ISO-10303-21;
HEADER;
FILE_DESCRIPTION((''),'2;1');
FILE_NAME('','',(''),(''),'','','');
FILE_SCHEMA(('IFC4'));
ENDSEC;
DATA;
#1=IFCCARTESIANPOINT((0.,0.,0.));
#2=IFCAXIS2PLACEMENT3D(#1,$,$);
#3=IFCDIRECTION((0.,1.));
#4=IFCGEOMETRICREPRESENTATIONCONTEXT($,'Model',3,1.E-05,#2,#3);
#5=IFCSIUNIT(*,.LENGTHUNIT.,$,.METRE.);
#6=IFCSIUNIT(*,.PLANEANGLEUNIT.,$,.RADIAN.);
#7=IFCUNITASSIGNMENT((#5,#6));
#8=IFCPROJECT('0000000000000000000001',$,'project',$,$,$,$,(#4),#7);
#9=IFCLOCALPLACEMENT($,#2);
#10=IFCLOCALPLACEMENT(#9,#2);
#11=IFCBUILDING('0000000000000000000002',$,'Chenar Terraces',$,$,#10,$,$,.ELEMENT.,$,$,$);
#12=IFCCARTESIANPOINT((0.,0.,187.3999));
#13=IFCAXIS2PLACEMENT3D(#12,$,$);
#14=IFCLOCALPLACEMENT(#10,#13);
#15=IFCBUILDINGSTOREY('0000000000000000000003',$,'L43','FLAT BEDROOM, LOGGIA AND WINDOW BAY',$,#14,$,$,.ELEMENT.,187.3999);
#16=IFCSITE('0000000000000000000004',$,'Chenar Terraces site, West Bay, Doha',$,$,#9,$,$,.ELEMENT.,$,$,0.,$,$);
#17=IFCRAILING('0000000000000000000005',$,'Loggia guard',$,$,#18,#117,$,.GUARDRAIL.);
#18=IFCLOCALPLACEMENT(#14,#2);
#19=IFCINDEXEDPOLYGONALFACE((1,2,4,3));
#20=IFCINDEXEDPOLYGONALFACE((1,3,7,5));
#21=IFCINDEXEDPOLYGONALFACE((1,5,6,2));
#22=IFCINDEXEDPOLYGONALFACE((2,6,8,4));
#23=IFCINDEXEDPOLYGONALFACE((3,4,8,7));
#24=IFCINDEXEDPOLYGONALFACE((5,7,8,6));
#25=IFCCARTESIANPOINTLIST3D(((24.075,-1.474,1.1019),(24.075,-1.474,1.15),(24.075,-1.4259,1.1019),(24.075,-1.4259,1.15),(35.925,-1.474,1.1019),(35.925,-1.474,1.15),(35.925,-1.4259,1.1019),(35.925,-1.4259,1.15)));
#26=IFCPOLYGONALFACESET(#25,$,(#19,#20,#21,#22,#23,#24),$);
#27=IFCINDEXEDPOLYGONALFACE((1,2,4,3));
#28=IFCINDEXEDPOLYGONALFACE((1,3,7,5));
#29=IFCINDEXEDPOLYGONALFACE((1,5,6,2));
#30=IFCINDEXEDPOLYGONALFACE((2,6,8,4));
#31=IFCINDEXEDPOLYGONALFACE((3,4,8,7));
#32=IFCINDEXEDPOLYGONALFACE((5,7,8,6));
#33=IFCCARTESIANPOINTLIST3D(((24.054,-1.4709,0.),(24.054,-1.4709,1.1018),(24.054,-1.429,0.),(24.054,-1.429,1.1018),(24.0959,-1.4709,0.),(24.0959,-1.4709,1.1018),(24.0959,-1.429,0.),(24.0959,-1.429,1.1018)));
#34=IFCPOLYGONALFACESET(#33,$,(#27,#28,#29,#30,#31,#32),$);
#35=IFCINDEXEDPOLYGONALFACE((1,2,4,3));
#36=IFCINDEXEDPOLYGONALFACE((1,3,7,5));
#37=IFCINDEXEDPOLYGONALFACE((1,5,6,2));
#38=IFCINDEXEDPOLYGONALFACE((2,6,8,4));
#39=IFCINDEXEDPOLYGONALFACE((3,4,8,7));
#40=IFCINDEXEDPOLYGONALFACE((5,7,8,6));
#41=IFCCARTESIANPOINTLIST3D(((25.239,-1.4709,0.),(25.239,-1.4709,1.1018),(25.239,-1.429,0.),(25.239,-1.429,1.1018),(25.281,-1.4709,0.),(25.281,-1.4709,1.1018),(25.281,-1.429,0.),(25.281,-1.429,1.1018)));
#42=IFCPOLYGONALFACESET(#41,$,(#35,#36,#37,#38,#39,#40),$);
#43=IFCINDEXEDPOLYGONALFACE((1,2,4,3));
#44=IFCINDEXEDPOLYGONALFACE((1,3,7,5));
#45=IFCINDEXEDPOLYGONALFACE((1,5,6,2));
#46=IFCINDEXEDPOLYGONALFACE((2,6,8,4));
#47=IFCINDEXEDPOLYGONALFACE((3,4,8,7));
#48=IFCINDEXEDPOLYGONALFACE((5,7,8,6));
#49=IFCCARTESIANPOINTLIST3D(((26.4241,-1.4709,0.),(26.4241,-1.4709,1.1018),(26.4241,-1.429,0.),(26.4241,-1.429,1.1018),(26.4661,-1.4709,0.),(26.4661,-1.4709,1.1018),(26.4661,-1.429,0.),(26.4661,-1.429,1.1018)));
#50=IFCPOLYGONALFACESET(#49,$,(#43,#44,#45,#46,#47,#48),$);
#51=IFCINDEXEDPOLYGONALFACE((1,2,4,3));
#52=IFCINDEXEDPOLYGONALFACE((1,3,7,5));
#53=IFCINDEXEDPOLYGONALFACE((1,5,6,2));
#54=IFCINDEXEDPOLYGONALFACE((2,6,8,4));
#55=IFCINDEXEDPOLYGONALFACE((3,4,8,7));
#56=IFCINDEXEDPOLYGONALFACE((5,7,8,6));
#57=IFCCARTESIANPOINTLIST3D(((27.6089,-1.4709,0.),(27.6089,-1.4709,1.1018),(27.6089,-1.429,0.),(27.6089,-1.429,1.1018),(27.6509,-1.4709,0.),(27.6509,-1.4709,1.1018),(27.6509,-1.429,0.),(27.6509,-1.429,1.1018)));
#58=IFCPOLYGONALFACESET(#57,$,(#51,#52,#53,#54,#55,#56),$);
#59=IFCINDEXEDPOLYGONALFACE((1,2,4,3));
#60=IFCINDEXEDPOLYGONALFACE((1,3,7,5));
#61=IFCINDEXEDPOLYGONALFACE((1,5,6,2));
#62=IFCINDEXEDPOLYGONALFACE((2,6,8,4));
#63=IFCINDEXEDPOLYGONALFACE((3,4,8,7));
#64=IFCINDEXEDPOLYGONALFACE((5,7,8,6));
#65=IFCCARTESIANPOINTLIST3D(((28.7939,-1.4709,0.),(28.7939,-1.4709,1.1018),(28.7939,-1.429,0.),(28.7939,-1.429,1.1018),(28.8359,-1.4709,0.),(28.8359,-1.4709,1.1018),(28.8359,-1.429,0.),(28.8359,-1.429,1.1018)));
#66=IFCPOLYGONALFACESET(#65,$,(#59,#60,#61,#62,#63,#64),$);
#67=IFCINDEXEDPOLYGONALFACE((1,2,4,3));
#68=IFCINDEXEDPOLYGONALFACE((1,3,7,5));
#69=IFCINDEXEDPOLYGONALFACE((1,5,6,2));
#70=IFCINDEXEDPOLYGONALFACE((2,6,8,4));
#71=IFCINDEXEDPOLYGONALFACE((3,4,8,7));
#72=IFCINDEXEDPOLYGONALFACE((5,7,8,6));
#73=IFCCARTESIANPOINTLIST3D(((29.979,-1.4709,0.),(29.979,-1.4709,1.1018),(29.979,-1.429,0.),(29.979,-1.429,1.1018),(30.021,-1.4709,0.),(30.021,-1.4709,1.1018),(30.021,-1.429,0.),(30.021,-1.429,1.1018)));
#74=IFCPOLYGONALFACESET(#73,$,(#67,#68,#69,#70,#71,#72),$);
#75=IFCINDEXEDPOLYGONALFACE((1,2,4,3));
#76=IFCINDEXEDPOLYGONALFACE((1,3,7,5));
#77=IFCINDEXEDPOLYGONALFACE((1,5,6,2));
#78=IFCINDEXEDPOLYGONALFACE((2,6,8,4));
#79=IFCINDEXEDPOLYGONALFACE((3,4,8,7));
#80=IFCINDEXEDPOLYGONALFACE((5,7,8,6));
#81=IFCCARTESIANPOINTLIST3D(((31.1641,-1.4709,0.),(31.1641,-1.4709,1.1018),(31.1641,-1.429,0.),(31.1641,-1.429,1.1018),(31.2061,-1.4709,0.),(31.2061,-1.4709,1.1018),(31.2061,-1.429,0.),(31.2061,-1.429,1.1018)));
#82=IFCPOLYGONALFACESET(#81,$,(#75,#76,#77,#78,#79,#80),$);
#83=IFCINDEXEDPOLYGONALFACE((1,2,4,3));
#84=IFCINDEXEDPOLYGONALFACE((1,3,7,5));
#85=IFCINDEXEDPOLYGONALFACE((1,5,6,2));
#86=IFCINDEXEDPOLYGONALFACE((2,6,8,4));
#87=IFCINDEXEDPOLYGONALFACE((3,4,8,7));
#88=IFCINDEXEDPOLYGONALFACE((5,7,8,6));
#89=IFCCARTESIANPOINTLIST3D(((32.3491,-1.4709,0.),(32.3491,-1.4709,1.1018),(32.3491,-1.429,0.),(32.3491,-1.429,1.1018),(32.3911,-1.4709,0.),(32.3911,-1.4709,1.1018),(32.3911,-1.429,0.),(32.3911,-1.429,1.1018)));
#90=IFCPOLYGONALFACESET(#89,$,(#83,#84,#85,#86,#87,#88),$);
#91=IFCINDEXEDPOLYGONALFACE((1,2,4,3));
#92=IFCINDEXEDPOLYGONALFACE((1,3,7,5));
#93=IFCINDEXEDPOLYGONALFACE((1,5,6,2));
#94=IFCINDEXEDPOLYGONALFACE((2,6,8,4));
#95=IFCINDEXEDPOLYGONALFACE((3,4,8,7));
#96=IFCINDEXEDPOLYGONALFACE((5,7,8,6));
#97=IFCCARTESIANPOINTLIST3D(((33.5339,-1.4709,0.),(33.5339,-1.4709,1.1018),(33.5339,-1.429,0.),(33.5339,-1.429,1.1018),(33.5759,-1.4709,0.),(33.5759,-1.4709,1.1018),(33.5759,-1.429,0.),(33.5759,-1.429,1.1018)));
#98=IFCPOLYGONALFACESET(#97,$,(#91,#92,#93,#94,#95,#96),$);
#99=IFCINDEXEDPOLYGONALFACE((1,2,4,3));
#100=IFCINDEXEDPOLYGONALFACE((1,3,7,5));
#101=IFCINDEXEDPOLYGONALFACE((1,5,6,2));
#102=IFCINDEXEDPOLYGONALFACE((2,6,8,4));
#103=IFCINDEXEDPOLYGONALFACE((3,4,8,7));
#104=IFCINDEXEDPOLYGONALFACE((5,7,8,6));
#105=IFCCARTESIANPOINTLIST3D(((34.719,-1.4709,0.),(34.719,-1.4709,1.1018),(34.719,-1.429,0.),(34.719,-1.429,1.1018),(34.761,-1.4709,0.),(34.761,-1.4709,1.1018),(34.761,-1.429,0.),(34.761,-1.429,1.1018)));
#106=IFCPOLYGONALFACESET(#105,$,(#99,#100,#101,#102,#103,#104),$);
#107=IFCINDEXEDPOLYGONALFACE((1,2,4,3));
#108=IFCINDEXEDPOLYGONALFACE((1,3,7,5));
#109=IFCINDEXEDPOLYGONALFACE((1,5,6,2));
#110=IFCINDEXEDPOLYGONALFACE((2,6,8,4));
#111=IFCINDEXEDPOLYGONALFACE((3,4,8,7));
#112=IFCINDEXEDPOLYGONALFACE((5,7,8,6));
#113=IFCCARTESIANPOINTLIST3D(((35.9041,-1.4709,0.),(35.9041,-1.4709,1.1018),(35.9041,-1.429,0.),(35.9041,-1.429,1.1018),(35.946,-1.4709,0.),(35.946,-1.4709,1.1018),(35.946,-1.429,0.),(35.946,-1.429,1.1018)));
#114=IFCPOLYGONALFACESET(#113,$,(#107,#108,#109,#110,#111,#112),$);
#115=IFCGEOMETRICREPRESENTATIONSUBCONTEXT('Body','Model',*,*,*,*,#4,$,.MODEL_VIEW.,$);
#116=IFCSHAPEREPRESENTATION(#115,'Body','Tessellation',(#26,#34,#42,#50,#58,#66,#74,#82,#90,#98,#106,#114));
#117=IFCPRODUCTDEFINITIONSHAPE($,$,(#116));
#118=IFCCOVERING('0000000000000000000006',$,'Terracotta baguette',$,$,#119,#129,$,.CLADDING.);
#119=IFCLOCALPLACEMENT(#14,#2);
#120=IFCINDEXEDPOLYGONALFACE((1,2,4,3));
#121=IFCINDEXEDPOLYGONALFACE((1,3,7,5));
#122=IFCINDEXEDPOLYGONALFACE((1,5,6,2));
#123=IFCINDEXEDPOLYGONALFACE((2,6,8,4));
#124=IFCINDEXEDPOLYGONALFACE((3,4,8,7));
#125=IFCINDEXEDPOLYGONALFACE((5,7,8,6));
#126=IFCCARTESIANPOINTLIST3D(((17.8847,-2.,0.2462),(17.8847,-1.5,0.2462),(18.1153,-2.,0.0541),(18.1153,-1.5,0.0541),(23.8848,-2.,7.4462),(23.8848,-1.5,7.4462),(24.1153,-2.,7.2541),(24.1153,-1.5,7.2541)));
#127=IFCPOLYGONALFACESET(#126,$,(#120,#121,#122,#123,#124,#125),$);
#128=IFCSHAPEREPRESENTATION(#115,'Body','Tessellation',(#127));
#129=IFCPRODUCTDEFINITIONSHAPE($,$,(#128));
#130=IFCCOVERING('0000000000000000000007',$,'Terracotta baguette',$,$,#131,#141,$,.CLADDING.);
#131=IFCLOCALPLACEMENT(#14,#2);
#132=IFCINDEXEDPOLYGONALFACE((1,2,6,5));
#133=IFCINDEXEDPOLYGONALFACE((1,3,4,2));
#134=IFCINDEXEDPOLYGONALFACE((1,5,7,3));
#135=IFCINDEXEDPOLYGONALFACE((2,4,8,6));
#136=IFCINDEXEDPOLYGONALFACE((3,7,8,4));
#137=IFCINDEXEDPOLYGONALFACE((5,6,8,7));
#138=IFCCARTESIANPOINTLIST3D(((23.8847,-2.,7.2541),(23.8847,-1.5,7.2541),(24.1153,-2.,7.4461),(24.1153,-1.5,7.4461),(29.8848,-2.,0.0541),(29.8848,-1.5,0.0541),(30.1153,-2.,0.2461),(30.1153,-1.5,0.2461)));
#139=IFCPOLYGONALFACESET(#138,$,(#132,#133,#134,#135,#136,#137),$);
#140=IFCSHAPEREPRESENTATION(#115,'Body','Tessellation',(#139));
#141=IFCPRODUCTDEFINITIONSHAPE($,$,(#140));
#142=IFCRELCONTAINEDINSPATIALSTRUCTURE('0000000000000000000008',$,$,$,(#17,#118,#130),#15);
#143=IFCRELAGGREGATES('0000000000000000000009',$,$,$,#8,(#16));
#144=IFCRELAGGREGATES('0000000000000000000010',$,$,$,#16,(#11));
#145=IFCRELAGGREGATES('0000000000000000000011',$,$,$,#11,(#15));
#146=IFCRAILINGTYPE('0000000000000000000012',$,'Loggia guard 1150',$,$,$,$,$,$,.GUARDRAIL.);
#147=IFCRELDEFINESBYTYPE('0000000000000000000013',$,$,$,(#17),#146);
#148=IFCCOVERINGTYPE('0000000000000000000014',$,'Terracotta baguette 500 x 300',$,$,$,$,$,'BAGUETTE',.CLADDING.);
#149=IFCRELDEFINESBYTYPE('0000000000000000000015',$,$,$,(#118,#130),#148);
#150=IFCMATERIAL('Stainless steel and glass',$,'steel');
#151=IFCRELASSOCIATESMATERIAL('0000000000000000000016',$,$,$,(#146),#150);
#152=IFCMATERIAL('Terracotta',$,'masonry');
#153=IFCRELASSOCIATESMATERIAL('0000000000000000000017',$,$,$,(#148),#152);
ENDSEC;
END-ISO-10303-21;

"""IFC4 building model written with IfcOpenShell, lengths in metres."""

from ifc_helpers import new_model, si_unit, direction, frame, origin, origin_2d, place, context, subcontext, project, spatial, rectangle, extrude, material, material_profile, profile_set, type_object, element, save


model = new_model("IFC4")

# Units and contexts
model_context = context("Model", 3, precision=1e-05, world=origin(), true_north=direction((0.0, 1.0)))
body_context = subcontext(model_context, "Body", "Model", "MODEL_VIEW")
ifc_project = project(units=[si_unit("LENGTHUNIT", "METRE"), si_unit("PLANEANGLEUNIT", "RADIAN")], contexts=[model_context])

# Site, building, storey
site_placement = place(None, origin())
site = spatial("IfcSite", under=ifc_project, at=site_placement, Name="Chenar Terraces site, West Bay, Doha", CompositionType="ELEMENT", RefElevation=0.0)
building_placement = place(site_placement, origin())
building = spatial("IfcBuilding", under=site, at=building_placement, Name="Chenar Terraces", CompositionType="ELEMENT")
storey_placement = place(building_placement, frame((0.0, 0.0, 187.3999)))
storey = spatial("IfcBuildingStorey", under=building, at=storey_placement, Name="L43", Description="FLAT BEDROOM, LOGGIA AND WINDOW BAY", CompositionType="ELEMENT", Elevation=187.3999)

# Railing
ifc_material_1 = material(Name="Stainless steel and glass", Category="steel")
railing_type = type_object("IfcRailingType", Name="Loggia guard 1150", PredefinedType="GUARDRAIL", material=ifc_material_1)
railing_placement = place(storey_placement, frame((24.075, -1.45, 0.0)))
element("IfcRailing", 1, at=railing_placement, inside=storey, type_object=railing_type, Name="Loggia guard", PredefinedType="GUARDRAIL", context=body_context, shape_type="SweptSolid", body=[
    extrude(rectangle(XDim=0.0481, YDim=0.0481, at=origin_2d()), frame((0.0, 0.0, 1.126), z_axis=(1.0, 0.0, 0.0), x_axis=(0.0, 1.0, 0.0)), (0.0, 0.0, 1.0), 11.8501),
    extrude(rectangle(XDim=0.042, YDim=0.042, at=origin_2d()), origin(), (0.0, 0.0, 1.0), 1.1018),
    extrude(rectangle(XDim=0.042, YDim=0.042, at=origin_2d()), frame((1.1851, 0.0, 0.0)), (0.0, 0.0, 1.0), 1.1018),
    extrude(rectangle(XDim=0.042, YDim=0.042, at=origin_2d()), frame((2.3701, 0.0, 0.0)), (0.0, 0.0, 1.0), 1.1018),
    extrude(rectangle(XDim=0.042, YDim=0.042, at=origin_2d()), frame((3.5549, 0.0, 0.0)), (0.0, 0.0, 1.0), 1.1018),
    extrude(rectangle(XDim=0.042, YDim=0.042, at=origin_2d()), frame((4.74, 0.0, 0.0)), (0.0, 0.0, 1.0), 1.1018),
    extrude(rectangle(XDim=0.042, YDim=0.042, at=origin_2d()), frame((5.925, 0.0, 0.0)), (0.0, 0.0, 1.0), 1.1018),
    extrude(rectangle(XDim=0.042, YDim=0.042, at=origin_2d()), frame((7.1101, 0.0, 0.0)), (0.0, 0.0, 1.0), 1.1018),
    extrude(rectangle(XDim=0.042, YDim=0.042, at=origin_2d()), frame((8.2952, 0.0, 0.0)), (0.0, 0.0, 1.0), 1.1018),
    extrude(rectangle(XDim=0.042, YDim=0.042, at=origin_2d()), frame((9.48, 0.0, 0.0)), (0.0, 0.0, 1.0), 1.1018),
    extrude(rectangle(XDim=0.042, YDim=0.042, at=origin_2d()), frame((10.665, 0.0, 0.0)), (0.0, 0.0, 1.0), 1.1018),
    extrude(rectangle(XDim=0.042, YDim=0.042, at=origin_2d()), frame((11.8501, 0.0, 0.0)), (0.0, 0.0, 1.0), 1.1018),
])

# Coverings
ifc_material_2 = material(Name="Terracotta", Category="masonry")
ifc_material_profile_1 = material_profile(ifc_material_2, rectangle(XDim=0.5, YDim=0.3, at=origin_2d()), Name="Terracotta baguette 500 x 300")
ifc_profile_set_1 = profile_set([ifc_material_profile_1], Name="Terracotta")
covering_type = type_object("IfcCoveringType", Name="Terracotta baguette 500 x 300", ElementType="BAGUETTE", PredefinedType="CLADDING", material=ifc_profile_set_1)
for number, where, z_axis, x_axis, name in (
    (2, (18.0, -1.75, 0.1501), (0.640187, 0.0, 0.768219), (0.0, 1.0, 0.0), "Terracotta baguette"),
    (3, (24.0, -1.75, 7.3501), (0.640187, 0.0, -0.768219), (0.0, 1.0, 0.0), "Terracotta baguette"),
):
    element("IfcCovering", number, at=place(storey_placement, frame(where, z_axis=z_axis, x_axis=x_axis)), inside=storey, type_object=covering_type, Name=name, PredefinedType="CLADDING", context=body_context, shape_type="SweptSolid", body=[
        extrude(rectangle(XDim=0.5, YDim=0.3, at=origin_2d()), origin(), (0.0, 0.0, 1.0), 9.3723),
    ])

save(model, "model.ifc")
